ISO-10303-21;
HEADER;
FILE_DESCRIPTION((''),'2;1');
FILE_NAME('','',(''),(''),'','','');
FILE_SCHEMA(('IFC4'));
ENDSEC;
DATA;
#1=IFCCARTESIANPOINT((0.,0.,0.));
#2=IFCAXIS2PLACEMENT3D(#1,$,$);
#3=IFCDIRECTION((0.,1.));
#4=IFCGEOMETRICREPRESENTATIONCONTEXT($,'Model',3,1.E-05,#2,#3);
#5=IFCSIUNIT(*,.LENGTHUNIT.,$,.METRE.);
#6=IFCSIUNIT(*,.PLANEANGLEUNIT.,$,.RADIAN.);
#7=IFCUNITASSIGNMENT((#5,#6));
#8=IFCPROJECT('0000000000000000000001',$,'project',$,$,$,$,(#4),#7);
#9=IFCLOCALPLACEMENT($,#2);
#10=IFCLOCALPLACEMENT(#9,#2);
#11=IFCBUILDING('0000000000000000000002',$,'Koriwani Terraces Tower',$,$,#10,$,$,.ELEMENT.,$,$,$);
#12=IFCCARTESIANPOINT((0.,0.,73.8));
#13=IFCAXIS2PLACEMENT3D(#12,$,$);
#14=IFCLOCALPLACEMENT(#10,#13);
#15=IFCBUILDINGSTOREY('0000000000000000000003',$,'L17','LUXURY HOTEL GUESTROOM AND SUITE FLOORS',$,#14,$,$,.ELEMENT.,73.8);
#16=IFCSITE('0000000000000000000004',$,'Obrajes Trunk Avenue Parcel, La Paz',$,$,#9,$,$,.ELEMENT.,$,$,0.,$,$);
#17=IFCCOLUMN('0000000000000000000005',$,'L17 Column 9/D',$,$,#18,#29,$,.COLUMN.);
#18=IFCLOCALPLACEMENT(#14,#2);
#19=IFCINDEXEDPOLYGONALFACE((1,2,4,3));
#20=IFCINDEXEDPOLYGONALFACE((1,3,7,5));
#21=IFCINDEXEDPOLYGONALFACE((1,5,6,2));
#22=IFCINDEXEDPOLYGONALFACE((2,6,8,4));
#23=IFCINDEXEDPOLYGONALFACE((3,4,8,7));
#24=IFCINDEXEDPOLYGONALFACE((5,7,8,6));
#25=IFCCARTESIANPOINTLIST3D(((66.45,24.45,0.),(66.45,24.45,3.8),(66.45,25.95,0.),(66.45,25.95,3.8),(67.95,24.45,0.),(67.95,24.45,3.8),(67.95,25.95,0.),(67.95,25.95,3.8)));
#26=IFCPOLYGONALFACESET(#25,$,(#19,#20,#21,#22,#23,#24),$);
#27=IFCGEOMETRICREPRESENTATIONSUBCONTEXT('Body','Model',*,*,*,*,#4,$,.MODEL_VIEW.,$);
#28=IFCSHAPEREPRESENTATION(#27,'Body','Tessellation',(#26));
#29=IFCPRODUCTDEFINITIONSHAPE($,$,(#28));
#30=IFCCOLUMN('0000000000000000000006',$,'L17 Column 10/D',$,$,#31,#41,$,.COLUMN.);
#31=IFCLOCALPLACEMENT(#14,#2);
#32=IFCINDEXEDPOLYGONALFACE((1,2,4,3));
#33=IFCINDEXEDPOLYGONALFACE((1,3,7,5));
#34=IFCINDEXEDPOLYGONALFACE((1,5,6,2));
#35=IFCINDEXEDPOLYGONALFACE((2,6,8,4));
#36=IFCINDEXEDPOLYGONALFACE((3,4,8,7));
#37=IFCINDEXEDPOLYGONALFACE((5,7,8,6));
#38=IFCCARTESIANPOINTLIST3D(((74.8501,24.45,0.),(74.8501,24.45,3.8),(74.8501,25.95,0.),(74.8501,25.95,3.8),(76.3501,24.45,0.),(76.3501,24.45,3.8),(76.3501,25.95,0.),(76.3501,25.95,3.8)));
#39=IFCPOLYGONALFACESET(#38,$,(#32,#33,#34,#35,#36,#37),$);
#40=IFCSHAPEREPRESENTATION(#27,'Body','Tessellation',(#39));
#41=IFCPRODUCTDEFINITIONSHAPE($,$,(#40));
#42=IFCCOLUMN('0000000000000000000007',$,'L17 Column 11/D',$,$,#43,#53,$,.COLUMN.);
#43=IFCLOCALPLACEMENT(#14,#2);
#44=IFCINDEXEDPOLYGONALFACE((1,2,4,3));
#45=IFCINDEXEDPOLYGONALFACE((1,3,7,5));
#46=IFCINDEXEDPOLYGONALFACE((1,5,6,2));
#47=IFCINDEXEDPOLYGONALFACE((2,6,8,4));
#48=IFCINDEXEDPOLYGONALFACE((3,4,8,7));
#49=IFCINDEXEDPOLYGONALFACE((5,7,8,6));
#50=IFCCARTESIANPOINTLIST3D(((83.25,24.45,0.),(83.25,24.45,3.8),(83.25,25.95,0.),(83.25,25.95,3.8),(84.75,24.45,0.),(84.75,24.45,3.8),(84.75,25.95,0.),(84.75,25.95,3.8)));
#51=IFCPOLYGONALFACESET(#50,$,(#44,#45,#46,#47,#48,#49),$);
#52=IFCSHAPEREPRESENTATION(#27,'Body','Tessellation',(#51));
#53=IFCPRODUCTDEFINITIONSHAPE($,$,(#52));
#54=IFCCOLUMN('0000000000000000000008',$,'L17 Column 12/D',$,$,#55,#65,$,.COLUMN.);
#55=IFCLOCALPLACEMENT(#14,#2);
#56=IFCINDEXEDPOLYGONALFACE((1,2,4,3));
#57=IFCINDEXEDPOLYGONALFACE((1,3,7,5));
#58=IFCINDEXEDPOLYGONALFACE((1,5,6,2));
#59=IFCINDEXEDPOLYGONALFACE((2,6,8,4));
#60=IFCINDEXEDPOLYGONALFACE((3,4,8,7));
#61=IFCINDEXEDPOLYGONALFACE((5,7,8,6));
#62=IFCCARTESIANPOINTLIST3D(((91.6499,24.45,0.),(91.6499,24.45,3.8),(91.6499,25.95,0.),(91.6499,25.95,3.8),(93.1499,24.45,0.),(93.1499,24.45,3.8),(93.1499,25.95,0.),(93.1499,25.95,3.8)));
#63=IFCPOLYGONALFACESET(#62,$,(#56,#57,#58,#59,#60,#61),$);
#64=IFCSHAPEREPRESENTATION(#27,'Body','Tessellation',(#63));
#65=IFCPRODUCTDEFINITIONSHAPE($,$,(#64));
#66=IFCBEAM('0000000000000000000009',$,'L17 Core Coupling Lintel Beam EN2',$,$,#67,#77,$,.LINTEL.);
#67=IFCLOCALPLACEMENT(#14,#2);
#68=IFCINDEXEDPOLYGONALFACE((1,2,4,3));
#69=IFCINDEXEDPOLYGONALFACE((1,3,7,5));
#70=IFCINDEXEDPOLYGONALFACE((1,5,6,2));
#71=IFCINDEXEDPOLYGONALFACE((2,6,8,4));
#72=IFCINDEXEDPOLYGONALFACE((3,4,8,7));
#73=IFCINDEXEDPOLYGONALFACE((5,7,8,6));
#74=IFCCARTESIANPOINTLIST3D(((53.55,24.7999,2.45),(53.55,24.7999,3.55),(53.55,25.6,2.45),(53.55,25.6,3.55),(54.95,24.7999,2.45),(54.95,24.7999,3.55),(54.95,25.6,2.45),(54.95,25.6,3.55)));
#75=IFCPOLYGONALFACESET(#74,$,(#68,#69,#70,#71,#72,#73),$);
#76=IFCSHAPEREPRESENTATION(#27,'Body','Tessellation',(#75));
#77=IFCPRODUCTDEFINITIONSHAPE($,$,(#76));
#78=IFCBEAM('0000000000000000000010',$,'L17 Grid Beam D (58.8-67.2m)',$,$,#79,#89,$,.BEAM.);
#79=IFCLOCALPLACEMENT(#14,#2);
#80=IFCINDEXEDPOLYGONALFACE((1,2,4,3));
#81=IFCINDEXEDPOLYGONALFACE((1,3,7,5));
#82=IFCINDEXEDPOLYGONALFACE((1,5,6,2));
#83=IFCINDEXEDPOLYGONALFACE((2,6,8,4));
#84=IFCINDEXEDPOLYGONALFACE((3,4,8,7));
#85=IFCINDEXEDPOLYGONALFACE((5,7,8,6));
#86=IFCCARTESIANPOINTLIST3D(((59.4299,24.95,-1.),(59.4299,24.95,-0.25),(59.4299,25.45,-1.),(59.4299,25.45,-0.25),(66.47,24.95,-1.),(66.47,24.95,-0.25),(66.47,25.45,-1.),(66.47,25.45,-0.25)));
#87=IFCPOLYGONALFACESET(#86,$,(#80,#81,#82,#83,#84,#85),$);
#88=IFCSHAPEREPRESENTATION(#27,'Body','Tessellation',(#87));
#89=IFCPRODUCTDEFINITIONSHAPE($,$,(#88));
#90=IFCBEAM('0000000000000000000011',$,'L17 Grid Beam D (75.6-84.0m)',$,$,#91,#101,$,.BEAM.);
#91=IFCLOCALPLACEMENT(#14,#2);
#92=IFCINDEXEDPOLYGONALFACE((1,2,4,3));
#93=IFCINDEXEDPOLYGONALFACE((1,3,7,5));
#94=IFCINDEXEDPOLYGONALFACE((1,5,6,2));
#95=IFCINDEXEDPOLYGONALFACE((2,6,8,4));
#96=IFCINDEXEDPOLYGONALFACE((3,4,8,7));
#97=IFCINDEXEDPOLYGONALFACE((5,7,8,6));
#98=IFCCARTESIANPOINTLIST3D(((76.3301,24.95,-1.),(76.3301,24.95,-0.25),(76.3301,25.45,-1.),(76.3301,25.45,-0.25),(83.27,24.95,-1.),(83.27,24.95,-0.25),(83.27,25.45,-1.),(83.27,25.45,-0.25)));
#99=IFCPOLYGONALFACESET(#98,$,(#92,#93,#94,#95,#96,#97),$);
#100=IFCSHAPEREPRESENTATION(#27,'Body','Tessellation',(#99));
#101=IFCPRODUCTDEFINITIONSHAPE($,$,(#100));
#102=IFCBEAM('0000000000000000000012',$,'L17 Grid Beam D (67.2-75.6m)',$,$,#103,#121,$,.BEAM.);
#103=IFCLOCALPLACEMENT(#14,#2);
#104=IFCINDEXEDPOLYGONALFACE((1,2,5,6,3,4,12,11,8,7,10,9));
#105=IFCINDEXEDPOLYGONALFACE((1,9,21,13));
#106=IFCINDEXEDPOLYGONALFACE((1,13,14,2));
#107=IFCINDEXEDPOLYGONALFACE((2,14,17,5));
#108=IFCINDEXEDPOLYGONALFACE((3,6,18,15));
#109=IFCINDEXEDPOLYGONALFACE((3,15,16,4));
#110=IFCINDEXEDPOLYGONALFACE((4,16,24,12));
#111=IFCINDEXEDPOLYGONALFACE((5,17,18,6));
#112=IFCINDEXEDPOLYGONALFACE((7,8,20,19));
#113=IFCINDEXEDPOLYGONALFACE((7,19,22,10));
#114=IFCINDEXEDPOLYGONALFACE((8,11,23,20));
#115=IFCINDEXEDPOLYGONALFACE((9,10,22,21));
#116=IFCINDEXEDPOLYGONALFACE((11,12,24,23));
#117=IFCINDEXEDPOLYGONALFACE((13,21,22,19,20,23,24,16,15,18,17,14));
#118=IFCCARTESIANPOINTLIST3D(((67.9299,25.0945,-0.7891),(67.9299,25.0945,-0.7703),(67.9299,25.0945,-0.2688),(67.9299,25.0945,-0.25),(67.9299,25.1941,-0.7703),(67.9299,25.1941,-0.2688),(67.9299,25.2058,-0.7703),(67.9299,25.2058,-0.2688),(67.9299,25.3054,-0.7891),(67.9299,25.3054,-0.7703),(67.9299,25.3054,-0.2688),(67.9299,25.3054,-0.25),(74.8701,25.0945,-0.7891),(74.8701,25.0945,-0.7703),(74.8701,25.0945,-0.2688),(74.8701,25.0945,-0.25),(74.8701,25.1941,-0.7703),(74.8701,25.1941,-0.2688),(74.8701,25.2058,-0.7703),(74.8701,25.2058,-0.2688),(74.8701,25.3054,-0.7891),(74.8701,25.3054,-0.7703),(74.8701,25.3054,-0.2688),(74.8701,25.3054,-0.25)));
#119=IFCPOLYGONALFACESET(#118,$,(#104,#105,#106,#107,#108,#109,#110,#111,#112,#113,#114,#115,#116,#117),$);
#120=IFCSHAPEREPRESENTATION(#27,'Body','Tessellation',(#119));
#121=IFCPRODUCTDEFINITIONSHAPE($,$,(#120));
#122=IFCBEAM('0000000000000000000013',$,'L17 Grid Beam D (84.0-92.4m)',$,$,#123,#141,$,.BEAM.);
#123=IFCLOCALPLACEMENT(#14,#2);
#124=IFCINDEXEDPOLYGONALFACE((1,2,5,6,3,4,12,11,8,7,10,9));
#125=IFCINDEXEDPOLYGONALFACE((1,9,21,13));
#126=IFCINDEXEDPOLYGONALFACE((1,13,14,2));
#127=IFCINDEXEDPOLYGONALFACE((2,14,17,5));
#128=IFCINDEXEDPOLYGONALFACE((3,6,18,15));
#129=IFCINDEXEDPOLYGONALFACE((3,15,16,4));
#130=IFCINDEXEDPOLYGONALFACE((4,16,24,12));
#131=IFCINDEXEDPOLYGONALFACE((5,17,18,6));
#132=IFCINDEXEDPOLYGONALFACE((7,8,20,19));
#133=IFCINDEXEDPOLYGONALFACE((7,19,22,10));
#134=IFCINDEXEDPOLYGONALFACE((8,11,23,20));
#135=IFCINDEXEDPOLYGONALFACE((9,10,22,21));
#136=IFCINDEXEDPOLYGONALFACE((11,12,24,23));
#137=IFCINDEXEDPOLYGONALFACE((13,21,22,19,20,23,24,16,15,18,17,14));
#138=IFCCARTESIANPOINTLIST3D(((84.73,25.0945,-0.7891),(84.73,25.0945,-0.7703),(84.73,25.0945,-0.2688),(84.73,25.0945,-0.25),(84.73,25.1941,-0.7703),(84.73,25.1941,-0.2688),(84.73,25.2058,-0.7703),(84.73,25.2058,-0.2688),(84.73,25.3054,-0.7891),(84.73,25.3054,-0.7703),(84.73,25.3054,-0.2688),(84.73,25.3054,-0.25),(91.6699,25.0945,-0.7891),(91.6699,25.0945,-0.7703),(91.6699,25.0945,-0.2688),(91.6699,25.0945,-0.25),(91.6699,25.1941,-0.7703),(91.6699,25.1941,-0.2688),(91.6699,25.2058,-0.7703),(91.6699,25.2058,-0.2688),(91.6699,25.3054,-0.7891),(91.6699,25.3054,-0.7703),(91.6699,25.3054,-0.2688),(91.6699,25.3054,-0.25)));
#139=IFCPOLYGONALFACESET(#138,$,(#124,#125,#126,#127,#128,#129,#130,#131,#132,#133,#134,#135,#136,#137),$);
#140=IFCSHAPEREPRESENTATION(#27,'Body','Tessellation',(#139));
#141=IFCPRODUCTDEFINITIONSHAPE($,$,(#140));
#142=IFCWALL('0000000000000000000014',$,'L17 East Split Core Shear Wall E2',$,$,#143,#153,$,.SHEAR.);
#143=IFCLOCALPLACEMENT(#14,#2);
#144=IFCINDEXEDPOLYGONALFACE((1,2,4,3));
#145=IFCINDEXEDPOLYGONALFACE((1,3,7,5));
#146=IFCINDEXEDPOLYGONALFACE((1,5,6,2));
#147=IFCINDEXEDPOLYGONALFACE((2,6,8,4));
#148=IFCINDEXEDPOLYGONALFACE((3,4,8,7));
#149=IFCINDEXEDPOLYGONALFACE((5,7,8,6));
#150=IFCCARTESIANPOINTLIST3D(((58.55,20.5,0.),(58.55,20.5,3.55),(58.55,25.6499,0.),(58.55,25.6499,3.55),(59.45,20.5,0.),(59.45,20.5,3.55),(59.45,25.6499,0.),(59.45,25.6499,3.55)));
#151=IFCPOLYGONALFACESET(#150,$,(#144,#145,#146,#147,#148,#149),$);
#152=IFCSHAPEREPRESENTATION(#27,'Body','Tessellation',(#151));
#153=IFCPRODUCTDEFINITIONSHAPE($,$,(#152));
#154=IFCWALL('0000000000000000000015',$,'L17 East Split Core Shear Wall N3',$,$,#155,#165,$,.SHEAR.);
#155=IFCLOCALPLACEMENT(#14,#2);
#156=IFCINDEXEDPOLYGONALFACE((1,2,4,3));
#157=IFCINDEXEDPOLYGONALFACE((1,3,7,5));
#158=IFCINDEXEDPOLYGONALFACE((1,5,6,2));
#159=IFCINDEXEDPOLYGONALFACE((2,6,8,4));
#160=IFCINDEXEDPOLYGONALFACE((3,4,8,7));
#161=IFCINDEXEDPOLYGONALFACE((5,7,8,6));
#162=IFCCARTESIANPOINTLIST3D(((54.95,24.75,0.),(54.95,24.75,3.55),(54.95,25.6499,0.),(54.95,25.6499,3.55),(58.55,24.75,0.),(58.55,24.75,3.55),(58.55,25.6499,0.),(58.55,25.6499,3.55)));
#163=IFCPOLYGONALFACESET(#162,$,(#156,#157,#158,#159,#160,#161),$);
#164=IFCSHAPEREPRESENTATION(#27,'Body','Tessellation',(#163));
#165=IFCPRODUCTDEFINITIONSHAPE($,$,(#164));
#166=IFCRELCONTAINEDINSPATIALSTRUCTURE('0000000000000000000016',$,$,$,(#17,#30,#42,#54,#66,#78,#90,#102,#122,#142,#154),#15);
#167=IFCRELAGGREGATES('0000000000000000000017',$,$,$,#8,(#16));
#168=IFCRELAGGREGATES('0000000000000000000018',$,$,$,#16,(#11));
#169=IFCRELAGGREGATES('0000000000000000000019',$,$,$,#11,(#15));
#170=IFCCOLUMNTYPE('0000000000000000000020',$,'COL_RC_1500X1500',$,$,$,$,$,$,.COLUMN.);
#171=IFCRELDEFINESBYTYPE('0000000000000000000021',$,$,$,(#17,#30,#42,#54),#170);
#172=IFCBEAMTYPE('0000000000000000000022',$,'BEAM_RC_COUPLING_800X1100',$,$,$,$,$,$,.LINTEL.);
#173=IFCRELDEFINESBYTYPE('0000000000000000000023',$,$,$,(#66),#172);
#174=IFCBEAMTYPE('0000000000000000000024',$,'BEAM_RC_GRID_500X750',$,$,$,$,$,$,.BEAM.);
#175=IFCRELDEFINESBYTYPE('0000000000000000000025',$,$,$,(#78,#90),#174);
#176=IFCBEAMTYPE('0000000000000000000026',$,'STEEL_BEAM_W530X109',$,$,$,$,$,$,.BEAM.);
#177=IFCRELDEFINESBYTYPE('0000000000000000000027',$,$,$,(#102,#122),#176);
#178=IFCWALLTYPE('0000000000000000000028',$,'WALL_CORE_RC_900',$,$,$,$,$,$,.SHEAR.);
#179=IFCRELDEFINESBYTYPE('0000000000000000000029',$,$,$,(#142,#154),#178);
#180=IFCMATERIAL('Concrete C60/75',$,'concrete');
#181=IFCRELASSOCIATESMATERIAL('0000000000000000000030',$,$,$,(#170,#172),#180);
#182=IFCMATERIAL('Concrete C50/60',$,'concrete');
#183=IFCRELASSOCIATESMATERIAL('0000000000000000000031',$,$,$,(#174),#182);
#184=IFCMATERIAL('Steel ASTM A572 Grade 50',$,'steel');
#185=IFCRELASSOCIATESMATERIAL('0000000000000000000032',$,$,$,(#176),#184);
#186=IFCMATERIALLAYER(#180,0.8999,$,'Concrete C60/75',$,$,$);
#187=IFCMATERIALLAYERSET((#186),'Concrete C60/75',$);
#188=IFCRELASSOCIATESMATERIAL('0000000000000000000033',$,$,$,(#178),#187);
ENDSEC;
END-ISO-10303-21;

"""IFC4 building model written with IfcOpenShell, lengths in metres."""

from ifc_helpers import new_model, si_unit, direction, frame, frame_2d, origin, origin_2d, place, context, subcontext, project, spatial, rectangle, i_section, extrude, material, layer, layer_set, material_profile, profile_set, type_object, element, save


model = new_model("IFC4")

# Units and contexts
model_context = context("Model", 3, precision=1e-05, world=origin(), true_north=direction((0.0, 1.0)))
body_context = subcontext(model_context, "Body", "Model", "MODEL_VIEW")
ifc_project = project(units=[si_unit("LENGTHUNIT", "METRE"), si_unit("PLANEANGLEUNIT", "RADIAN")], contexts=[model_context])

# Site, building, storey
site_placement = place(None, origin())
site = spatial("IfcSite", under=ifc_project, at=site_placement, Name="Obrajes Trunk Avenue Parcel, La Paz", CompositionType="ELEMENT", RefElevation=0.0)
building_placement = place(site_placement, origin())
building = spatial("IfcBuilding", under=site, at=building_placement, Name="Koriwani Terraces Tower", CompositionType="ELEMENT")
storey_placement = place(building_placement, frame((0.0, 0.0, 73.8)))
storey = spatial("IfcBuildingStorey", under=building, at=storey_placement, Name="L17", Description="LUXURY HOTEL GUESTROOM AND SUITE FLOORS", CompositionType="ELEMENT", Elevation=73.8)

# Columns
ifc_material_1 = material(Name="Concrete C60/75", Category="concrete")
ifc_material_profile_1 = material_profile(ifc_material_1, rectangle(XDim=1.5, YDim=1.5, at=origin_2d()), Name="Concrete C60/75", Category="LoadBearing")
ifc_profile_set_1 = profile_set([ifc_material_profile_1], Name="Concrete C60/75")
column_type = type_object("IfcColumnType", Name="COL_RC_1500X1500", PredefinedType="COLUMN", material=ifc_profile_set_1)
for number, where, z_axis, x_axis, name in (
    (1, (67.2, 25.2, 0.0), (0.0, 0.0, 1.0), (1.0, 0.0, 0.0), "L17 Column 9/D"),
    (2, (75.6001, 25.2, 0.0), (0.0, 0.0, 1.0), (1.0, 0.0, 0.0), "L17 Column 10/D"),
    (3, (84.0, 25.2, 0.0), (0.0, 0.0, 1.0), (1.0, 0.0, 0.0), "L17 Column 11/D"),
    (4, (92.3999, 25.2, 0.0), (0.0, 0.0, 1.0), (1.0, 0.0, 0.0), "L17 Column 12/D"),
):
    element("IfcColumn", number, at=place(storey_placement, frame(where, z_axis=z_axis, x_axis=x_axis)), inside=storey, type_object=column_type, Name=name, PredefinedType="COLUMN", context=body_context, shape_type="SweptSolid", body=[
        extrude(rectangle(XDim=1.5, YDim=1.5, at=origin_2d()), origin(), (0.0, 0.0, 1.0), 3.8),
    ])

# Beams
ifc_material_profile_2 = material_profile(ifc_material_1, rectangle(XDim=0.8, YDim=1.1001, at=origin_2d()), Name="Concrete C60/75", Category="LoadBearing")
ifc_profile_set_2 = profile_set([ifc_material_profile_2], Name="Concrete C60/75")
beam_type_1 = type_object("IfcBeamType", Name="BEAM_RC_COUPLING_800X1100", PredefinedType="LINTEL", material=ifc_profile_set_2)
beam_1_placement = place(storey_placement, frame((53.55, 25.2, 3.0), z_axis=(1.0, 0.0, 0.0), x_axis=(0.0, 1.0, 0.0)))
element("IfcBeam", 5, at=beam_1_placement, inside=storey, type_object=beam_type_1, Name="L17 Core Coupling Lintel Beam EN2", PredefinedType="LINTEL", context=body_context, shape_type="SweptSolid", body=[
    extrude(rectangle(XDim=0.8, YDim=1.1001, at=origin_2d()), origin(), (0.0, 0.0, 1.0), 1.3999),
])
ifc_material_2 = material(Name="Concrete C50/60", Category="concrete")
ifc_material_profile_3 = material_profile(ifc_material_2, rectangle(XDim=0.5, YDim=0.75, at=origin_2d()), Name="Concrete C50/60", Category="LoadBearing")
ifc_profile_set_3 = profile_set([ifc_material_profile_3], Name="Concrete C50/60")
beam_type_2 = type_object("IfcBeamType", Name="BEAM_RC_GRID_500X750", PredefinedType="BEAM", material=ifc_profile_set_3)
beam_2_placement = place(storey_placement, frame((59.4299, 25.2, -0.625), z_axis=(1.0, 0.0, 0.0), x_axis=(0.0, 1.0, 0.0)))
element("IfcBeam", 6, at=beam_2_placement, inside=storey, type_object=beam_type_2, Name="L17 Grid Beam D (58.8-67.2m)", PredefinedType="BEAM", context=body_context, shape_type="SweptSolid", body=[
    extrude(rectangle(XDim=0.5, YDim=0.75, at=origin_2d()), origin(), (0.0, 0.0, 1.0), 7.04),
])
beam_3_placement = place(storey_placement, frame((76.3301, 25.2, -0.625), z_axis=(1.0, 0.0, 0.0), x_axis=(0.0, 1.0, 0.0)))
element("IfcBeam", 7, at=beam_3_placement, inside=storey, type_object=beam_type_2, Name="L17 Grid Beam D (75.6-84.0m)", PredefinedType="BEAM", context=body_context, shape_type="SweptSolid", body=[
    extrude(rectangle(XDim=0.5, YDim=0.75, at=origin_2d()), origin(), (0.0, 0.0, 1.0), 6.9399),
])
ifc_material_3 = material(Name="Steel ASTM A572 Grade 50", Category="steel")
ifc_material_profile_4 = material_profile(ifc_material_3, i_section(OverallWidth=0.2109, OverallDepth=0.5391, WebThickness=0.0117, FlangeThickness=0.0188, at=origin_2d()), Name="Steel ASTM A572 Grade 50", Category="LoadBearing")
ifc_profile_set_4 = profile_set([ifc_material_profile_4], Name="Steel ASTM A572 Grade 50")
beam_type_3 = type_object("IfcBeamType", Name="STEEL_BEAM_W530X109", PredefinedType="BEAM", material=ifc_profile_set_4)
beam_4_placement = place(storey_placement, frame((67.9299, 25.2, -0.5195), z_axis=(1.0, 0.0, 0.0), x_axis=(0.0, 1.0, 0.0)))
element("IfcBeam", 8, at=beam_4_placement, inside=storey, type_object=beam_type_3, Name="L17 Grid Beam D (67.2-75.6m)", PredefinedType="BEAM", context=body_context, shape_type="SweptSolid", body=[
    extrude(i_section(OverallWidth=0.2109, OverallDepth=0.5391, WebThickness=0.0117, FlangeThickness=0.0188, at=origin_2d()), origin(), (0.0, 0.0, 1.0), 6.9402),
])
beam_5_placement = place(storey_placement, frame((84.73, 25.2, -0.5195), z_axis=(1.0, 0.0, 0.0), x_axis=(0.0, 1.0, 0.0)))
element("IfcBeam", 9, at=beam_5_placement, inside=storey, type_object=beam_type_3, Name="L17 Grid Beam D (84.0-92.4m)", PredefinedType="BEAM", context=body_context, shape_type="SweptSolid", body=[
    extrude(i_section(OverallWidth=0.2109, OverallDepth=0.5391, WebThickness=0.0117, FlangeThickness=0.0188, at=origin_2d()), origin(), (0.0, 0.0, 1.0), 6.9399),
])

# Walls
ifc_layer_1 = layer(ifc_material_1, 0.8999, Name="Concrete C60/75")
ifc_layer_set_1 = layer_set([ifc_layer_1], Name="Concrete C60/75")
wall_type_1 = type_object("IfcWallType", Name="WALL_CORE_RC_900", PredefinedType="SHEAR", material=ifc_layer_set_1)
wall_1_placement = place(storey_placement, frame((59.0, 20.5, 0.0), z_axis=(0.0, 0.0, 1.0), x_axis=(0.0, 1.0, 0.0)))
element("IfcWall", 10, at=wall_1_placement, inside=storey, type_object=wall_type_1, Name="L17 East Split Core Shear Wall E2", PredefinedType="SHEAR", context=body_context, shape_type="SweptSolid", body=[
    extrude(rectangle(XDim=5.1499, YDim=0.8999, at=frame_2d((2.575, 0.0))), origin(), (0.0, 0.0, 1.0), 3.55),
])
wall_2_placement = place(storey_placement, frame((54.95, 25.2, 0.0), z_axis=(0.0, 0.0, 1.0), x_axis=(1.0, 0.0, 0.0)))
element("IfcWall", 11, at=wall_2_placement, inside=storey, type_object=wall_type_1, Name="L17 East Split Core Shear Wall N3", PredefinedType="SHEAR", context=body_context, shape_type="SweptSolid", body=[
    extrude(rectangle(XDim=3.6001, YDim=0.8999, at=frame_2d((1.8, 0.0))), origin(), (0.0, 0.0, 1.0), 3.55),
])

save(model, "model.ifc")
